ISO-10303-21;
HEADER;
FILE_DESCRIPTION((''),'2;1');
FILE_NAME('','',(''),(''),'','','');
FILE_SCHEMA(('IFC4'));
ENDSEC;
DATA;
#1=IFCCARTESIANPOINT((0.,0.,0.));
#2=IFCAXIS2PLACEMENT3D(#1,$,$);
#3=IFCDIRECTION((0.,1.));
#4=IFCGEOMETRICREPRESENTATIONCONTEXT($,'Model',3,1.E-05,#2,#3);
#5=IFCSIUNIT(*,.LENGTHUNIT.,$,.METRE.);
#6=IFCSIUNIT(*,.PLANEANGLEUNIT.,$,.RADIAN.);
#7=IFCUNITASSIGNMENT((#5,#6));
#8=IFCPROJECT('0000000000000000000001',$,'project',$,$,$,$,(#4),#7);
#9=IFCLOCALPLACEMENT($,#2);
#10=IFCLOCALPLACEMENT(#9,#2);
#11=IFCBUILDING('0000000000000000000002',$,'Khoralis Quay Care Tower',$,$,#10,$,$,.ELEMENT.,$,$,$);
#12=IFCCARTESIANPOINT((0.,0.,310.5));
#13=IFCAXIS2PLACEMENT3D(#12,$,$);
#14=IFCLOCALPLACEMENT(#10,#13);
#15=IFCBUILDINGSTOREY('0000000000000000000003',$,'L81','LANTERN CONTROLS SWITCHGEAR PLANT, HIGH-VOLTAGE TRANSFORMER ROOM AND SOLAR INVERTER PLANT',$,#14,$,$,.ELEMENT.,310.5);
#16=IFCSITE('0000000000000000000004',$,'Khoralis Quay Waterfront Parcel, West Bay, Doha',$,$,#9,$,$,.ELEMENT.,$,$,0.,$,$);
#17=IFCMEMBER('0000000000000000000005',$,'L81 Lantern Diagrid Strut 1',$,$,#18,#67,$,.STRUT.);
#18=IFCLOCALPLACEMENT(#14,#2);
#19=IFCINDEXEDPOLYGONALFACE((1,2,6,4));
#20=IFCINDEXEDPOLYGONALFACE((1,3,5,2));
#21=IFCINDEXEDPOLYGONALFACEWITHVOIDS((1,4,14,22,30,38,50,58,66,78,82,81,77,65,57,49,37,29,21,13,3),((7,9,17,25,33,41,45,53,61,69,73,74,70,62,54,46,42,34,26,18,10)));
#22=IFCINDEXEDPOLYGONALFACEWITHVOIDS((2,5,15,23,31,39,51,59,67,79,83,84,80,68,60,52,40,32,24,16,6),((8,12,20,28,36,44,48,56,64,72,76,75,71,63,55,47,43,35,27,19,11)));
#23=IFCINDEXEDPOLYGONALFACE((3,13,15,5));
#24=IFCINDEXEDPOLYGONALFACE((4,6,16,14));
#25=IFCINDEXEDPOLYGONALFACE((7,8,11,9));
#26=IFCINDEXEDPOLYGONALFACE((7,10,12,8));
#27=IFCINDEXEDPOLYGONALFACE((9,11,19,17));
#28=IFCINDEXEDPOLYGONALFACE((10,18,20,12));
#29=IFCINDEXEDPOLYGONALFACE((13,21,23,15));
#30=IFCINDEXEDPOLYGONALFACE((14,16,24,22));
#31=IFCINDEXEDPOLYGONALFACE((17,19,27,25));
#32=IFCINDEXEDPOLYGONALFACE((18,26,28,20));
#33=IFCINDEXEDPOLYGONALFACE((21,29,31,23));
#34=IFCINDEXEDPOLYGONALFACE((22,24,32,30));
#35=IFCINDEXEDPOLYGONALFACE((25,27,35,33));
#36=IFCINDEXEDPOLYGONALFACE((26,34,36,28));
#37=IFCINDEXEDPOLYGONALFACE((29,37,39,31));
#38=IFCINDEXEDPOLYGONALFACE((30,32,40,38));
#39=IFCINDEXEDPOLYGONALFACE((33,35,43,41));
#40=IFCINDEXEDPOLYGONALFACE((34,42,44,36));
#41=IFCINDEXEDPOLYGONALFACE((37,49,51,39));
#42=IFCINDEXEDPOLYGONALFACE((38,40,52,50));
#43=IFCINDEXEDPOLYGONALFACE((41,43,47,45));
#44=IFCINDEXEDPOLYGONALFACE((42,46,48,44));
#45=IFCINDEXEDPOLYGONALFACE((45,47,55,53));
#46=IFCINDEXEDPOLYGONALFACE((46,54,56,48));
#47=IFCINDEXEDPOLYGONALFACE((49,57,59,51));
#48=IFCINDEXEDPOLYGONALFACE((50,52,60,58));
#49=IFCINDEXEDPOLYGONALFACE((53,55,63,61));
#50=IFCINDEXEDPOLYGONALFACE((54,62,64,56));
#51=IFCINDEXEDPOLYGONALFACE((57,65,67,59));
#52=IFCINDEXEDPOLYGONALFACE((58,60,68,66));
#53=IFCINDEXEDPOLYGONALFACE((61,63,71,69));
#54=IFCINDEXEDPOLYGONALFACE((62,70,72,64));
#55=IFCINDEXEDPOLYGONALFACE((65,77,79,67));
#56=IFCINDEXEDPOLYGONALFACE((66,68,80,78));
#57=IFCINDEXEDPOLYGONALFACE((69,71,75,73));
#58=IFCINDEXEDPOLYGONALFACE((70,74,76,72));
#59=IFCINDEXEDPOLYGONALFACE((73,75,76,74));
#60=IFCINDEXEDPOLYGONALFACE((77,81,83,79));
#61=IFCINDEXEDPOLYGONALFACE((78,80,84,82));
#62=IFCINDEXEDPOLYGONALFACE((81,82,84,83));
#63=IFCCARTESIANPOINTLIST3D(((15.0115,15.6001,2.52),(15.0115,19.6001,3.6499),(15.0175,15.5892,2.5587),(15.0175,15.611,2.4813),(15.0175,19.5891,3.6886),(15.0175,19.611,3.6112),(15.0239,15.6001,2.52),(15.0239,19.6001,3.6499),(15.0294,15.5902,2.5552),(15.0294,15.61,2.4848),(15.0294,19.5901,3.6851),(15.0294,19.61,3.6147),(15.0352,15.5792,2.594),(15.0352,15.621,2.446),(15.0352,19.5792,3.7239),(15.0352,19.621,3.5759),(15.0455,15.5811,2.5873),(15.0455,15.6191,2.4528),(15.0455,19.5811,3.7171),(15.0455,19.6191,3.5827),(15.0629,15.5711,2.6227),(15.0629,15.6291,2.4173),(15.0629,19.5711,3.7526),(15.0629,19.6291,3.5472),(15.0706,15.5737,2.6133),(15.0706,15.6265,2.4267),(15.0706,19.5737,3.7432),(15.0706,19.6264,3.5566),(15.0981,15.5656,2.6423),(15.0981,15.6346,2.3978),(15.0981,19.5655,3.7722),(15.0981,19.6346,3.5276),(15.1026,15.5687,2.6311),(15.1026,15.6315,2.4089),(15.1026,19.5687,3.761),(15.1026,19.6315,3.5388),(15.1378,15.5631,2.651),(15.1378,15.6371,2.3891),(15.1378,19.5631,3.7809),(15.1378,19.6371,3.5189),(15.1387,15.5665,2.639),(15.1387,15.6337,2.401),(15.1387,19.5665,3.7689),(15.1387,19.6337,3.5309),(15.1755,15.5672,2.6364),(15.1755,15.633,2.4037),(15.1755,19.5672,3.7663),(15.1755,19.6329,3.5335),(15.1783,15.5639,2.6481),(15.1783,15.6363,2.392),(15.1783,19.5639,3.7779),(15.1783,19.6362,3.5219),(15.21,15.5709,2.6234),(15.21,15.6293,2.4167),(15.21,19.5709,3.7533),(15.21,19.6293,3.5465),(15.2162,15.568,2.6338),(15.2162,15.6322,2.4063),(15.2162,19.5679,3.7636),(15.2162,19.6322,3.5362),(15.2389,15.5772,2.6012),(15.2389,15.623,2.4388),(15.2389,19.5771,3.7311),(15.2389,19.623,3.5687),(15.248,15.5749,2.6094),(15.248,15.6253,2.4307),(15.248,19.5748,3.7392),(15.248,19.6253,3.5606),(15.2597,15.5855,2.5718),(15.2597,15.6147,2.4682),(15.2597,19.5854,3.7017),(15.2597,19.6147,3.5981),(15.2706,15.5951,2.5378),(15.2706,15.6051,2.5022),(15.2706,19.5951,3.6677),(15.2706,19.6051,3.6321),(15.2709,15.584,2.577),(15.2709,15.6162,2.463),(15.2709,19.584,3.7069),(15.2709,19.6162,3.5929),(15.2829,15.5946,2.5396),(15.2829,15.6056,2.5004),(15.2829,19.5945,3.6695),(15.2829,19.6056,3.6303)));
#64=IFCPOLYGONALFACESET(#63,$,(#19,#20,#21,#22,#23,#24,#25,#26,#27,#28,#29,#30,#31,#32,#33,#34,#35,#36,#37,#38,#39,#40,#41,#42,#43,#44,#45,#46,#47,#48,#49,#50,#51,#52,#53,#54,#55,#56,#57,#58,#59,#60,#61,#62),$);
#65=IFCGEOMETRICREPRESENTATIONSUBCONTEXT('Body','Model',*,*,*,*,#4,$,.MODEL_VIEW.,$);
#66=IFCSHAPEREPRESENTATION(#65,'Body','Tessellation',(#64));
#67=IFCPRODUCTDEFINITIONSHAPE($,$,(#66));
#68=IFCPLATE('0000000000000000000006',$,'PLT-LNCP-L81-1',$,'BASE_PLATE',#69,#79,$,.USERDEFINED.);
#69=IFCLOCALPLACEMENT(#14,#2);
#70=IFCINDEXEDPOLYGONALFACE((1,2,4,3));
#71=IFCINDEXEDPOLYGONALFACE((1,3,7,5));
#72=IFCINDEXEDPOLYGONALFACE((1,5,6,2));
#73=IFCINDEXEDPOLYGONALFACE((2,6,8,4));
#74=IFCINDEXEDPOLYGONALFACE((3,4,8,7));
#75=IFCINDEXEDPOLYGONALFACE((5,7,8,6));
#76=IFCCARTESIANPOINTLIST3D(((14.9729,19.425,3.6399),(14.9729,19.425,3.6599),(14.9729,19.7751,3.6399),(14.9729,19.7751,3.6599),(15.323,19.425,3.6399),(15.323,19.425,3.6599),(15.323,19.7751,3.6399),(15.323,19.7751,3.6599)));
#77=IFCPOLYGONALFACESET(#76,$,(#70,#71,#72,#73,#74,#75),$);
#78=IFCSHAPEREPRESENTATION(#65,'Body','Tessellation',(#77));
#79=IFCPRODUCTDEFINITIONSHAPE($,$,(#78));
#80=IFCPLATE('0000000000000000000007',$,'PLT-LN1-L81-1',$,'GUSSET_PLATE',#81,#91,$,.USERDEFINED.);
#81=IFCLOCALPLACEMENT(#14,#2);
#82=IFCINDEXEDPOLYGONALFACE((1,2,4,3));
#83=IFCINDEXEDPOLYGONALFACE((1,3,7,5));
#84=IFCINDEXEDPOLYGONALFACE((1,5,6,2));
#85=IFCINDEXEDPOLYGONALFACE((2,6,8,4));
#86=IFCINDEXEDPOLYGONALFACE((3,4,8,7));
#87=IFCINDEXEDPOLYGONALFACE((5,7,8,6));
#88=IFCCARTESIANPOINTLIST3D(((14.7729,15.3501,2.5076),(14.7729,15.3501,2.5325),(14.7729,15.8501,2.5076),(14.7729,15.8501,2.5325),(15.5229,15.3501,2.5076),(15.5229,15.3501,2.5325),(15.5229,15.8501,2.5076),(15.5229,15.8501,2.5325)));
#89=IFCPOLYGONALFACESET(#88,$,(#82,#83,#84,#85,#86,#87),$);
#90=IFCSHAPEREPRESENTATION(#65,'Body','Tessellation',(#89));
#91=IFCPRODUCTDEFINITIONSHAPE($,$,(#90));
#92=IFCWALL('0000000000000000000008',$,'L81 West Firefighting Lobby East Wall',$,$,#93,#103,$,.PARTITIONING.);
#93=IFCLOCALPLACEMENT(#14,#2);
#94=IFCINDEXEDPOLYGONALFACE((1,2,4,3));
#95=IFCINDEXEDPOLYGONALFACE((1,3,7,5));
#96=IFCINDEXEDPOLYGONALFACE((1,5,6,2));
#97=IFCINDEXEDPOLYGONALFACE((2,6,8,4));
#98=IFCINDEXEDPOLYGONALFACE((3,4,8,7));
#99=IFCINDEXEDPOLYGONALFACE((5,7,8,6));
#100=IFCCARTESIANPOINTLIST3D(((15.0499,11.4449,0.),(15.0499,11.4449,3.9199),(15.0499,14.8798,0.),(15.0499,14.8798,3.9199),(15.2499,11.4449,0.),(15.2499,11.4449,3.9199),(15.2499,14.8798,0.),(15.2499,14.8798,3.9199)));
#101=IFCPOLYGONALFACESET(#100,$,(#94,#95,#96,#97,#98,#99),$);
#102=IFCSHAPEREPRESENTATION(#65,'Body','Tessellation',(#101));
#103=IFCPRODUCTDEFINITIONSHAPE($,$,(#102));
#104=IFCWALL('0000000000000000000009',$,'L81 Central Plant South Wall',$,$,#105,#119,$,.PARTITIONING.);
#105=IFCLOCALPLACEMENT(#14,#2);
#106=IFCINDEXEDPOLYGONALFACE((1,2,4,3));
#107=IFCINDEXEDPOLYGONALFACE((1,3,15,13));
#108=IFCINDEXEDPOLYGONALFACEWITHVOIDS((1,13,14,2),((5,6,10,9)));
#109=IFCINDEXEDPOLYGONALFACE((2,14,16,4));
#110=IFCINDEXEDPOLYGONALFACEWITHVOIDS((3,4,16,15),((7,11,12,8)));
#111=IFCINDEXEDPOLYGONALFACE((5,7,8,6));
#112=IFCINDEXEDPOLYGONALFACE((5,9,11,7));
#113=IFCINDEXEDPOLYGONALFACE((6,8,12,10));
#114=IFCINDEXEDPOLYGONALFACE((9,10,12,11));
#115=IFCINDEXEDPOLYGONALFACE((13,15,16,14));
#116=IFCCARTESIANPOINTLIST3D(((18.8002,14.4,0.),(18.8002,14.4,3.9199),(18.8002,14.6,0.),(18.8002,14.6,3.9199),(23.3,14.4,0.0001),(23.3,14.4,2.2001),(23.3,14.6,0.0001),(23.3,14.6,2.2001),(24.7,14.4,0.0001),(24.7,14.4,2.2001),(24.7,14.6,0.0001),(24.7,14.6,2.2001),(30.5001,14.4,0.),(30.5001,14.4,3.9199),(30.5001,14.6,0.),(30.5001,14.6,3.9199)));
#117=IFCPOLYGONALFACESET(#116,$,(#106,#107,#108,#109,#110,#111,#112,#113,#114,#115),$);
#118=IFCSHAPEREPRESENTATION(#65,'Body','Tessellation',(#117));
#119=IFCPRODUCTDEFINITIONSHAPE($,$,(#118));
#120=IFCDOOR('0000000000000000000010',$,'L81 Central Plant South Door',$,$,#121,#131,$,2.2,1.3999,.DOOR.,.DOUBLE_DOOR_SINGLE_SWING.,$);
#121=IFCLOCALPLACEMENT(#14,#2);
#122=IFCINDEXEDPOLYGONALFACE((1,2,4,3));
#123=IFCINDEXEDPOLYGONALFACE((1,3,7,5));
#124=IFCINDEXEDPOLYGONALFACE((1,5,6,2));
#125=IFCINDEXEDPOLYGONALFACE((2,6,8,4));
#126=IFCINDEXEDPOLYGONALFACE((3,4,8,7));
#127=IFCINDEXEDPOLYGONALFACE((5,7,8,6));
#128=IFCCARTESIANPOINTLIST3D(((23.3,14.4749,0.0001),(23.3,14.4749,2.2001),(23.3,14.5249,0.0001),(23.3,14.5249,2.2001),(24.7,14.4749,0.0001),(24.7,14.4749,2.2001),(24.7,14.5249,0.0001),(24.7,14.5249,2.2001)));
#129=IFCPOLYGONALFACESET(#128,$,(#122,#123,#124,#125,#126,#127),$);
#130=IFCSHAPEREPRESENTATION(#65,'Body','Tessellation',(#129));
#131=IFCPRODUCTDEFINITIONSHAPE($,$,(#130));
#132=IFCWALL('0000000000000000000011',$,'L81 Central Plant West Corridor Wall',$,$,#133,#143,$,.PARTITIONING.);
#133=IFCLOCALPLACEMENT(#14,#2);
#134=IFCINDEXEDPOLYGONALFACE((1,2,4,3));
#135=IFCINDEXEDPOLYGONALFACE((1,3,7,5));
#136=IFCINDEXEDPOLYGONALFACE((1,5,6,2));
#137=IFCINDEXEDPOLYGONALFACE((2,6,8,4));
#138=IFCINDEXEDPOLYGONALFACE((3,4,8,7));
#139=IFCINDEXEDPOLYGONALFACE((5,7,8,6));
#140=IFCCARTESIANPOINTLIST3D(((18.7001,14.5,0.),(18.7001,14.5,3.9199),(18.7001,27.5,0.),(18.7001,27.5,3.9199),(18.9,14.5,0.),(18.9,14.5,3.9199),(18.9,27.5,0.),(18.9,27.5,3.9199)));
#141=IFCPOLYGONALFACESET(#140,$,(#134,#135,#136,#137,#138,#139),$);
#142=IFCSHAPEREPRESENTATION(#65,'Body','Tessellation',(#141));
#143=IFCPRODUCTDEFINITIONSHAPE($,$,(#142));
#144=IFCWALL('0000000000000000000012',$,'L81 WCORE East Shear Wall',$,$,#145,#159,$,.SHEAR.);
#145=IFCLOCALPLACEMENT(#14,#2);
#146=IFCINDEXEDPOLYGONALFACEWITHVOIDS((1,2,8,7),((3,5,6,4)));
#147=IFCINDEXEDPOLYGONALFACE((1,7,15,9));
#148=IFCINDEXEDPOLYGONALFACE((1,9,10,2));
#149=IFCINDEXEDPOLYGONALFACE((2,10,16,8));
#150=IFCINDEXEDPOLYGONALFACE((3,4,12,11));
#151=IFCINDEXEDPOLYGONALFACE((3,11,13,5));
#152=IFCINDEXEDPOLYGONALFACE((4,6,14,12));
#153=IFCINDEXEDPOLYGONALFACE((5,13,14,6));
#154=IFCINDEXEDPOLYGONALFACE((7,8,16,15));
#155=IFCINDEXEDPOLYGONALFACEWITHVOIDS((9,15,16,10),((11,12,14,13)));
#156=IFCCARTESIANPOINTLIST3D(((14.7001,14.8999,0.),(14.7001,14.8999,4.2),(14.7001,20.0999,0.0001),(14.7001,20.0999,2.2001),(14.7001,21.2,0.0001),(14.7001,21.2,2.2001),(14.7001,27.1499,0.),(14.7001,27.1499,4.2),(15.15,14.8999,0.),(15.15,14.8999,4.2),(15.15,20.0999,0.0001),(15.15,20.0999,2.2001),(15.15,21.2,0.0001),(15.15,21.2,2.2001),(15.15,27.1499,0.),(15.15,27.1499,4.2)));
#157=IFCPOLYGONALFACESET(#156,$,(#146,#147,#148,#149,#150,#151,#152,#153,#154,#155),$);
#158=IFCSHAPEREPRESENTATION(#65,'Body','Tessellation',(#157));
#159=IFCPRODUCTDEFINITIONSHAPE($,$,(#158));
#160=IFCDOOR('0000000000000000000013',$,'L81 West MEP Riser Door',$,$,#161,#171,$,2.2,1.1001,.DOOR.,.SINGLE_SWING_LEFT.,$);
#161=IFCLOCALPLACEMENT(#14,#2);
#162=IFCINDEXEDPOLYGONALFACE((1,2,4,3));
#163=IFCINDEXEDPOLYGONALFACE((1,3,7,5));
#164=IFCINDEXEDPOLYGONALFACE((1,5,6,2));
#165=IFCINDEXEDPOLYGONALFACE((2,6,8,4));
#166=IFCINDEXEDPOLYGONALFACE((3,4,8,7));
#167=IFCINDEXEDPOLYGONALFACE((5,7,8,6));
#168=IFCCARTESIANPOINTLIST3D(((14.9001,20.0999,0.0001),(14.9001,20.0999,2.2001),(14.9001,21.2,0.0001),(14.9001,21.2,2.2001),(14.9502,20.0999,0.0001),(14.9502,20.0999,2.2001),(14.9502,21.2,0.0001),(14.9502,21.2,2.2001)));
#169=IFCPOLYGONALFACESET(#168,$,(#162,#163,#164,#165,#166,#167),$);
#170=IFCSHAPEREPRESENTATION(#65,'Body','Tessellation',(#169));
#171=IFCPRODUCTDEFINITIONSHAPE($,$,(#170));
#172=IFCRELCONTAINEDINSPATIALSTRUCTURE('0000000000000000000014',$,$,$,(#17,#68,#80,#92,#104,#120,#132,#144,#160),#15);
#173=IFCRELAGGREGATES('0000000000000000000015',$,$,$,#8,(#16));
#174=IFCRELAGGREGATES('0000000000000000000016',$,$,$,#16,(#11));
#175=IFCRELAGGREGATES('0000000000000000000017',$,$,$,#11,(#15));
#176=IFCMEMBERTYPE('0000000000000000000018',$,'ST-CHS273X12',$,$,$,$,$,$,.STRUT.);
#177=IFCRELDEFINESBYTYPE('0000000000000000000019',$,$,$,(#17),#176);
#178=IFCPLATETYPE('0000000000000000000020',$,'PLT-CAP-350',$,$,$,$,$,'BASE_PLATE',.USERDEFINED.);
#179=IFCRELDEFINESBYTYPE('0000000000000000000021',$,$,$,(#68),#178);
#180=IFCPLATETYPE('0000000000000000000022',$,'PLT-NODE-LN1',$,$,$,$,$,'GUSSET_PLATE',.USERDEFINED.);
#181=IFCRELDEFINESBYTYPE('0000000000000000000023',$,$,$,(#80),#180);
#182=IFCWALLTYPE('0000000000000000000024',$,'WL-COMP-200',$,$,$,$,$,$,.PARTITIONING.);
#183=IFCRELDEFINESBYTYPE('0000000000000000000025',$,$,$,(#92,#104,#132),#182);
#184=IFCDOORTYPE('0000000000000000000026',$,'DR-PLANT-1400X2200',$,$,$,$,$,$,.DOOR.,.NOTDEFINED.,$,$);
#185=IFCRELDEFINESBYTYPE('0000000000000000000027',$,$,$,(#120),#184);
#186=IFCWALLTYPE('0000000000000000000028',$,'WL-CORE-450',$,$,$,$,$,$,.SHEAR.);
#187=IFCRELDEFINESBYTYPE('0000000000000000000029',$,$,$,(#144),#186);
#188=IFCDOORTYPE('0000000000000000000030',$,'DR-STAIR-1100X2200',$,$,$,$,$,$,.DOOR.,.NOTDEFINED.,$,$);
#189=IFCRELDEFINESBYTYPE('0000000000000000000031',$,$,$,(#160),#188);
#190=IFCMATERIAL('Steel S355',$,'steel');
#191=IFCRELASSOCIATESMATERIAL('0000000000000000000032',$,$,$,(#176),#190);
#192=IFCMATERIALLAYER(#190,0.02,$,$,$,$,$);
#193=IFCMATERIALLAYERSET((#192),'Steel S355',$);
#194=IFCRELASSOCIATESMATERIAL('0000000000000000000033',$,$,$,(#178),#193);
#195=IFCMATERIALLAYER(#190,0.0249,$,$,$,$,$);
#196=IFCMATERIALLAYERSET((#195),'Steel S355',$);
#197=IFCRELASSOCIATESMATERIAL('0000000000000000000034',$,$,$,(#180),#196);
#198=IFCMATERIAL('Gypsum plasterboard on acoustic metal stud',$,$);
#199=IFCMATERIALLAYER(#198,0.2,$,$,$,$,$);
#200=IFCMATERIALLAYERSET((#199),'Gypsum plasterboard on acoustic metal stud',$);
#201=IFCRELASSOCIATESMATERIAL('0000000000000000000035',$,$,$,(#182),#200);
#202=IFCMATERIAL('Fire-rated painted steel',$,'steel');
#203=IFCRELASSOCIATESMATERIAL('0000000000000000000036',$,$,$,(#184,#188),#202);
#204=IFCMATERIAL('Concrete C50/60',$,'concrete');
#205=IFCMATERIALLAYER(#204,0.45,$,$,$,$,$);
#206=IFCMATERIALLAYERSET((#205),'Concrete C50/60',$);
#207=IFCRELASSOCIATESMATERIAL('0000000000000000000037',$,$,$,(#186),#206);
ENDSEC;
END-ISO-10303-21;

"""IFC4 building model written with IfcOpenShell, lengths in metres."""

from ifc_helpers import new_model, si_unit, direction, frame, frame_2d, origin, origin_2d, place, context, subcontext, project, spatial, rectangle, hollow_circle, extrude, source, transform, mapped, material, layer, layer_set, material_profile, profile_set, type_object, element, fill, save


model = new_model("IFC4")

# Units and contexts
model_context = context("Model", 3, precision=1e-05, world=origin(), true_north=direction((0.0, 1.0)))
body_context = subcontext(model_context, "Body", "Model", "MODEL_VIEW")
ifc_project = project(units=[si_unit("LENGTHUNIT", "METRE"), si_unit("PLANEANGLEUNIT", "RADIAN")], contexts=[model_context])

# Site, building, storey
site_placement = place(None, origin())
site = spatial("IfcSite", under=ifc_project, at=site_placement, Name="Khoralis Quay Waterfront Parcel, West Bay, Doha", CompositionType="ELEMENT", RefElevation=0.0)
building_placement = place(site_placement, origin())
building = spatial("IfcBuilding", under=site, at=building_placement, Name="Khoralis Quay Care Tower", CompositionType="ELEMENT")
storey_placement = place(building_placement, frame((0.0, 0.0, 310.5)))
storey = spatial("IfcBuildingStorey", under=building, at=storey_placement, Name="L81", Description="LANTERN CONTROLS SWITCHGEAR PLANT, HIGH-VOLTAGE TRANSFORMER ROOM AND SOLAR INVERTER PLANT", CompositionType="ELEMENT", Elevation=310.5)

# Shared definitions
ifc_material_1 = material(Name="Concrete C50/60", Category="concrete")

# Shared definitions
ifc_material_2 = material(Name="Steel S355", Category="steel")

# Member
ifc_material_profile_1 = material_profile(ifc_material_2, hollow_circle(Radius=0.1365, WallThickness=0.0125, at=origin_2d()), Name="Steel S355")
ifc_profile_set_1 = profile_set([ifc_material_profile_1], Name="Steel S355")
member_type = type_object("IfcMemberType", Name="ST-CHS273X12", PredefinedType="STRUT", material=ifc_profile_set_1)
shared_shape_1 = source(origin(), body_context, "Body", "SweptSolid", [
    extrude(hollow_circle(Radius=0.1365, WallThickness=0.0125, at=origin_2d()), origin(), (0.0, 0.0, 1.0), 4.1565),
])
member_placement = place(storey_placement, frame((15.1479, 15.6001, 2.52), z_axis=(0.0, 0.962344, 0.271834), x_axis=(-1.0, 0.0, 0.0)))
element("IfcMember", 1, at=member_placement, inside=storey, type_object=member_type, Name="L81 Lantern Diagrid Strut 1", PredefinedType="STRUT", context=body_context, shape_type="MappedRepresentation", body=[
    mapped(shared_shape_1, transform((0.0, 0.0, 0.0), scale=1.0)),
])

# Plates
ifc_layer_1 = layer(ifc_material_2, 0.02)
ifc_layer_set_1 = layer_set([ifc_layer_1], Name="Steel S355")
plate_type_1 = type_object("IfcPlateType", Name="PLT-CAP-350", ElementType="BASE_PLATE", PredefinedType="USERDEFINED", material=ifc_layer_set_1)
shared_shape_2 = source(origin(), body_context, "Body", "SweptSolid", [
    extrude(rectangle(XDim=0.3501, YDim=0.3501, at=origin_2d()), origin(), (0.0, 0.0, 1.0), 0.02),
])
plate_1_placement = place(storey_placement, frame((15.1479, 19.6001, 3.6399), z_axis=(0.0, 0.0, 1.0), x_axis=(1.0, 0.0, 0.0)))
element("IfcPlate", 2, at=plate_1_placement, inside=storey, type_object=plate_type_1, Name="PLT-LNCP-L81-1", ObjectType="BASE_PLATE", PredefinedType="USERDEFINED", context=body_context, shape_type="MappedRepresentation", body=[
    mapped(shared_shape_2, transform((0.0, 0.0, 0.0), scale=1.0)),
])
ifc_layer_2 = layer(ifc_material_2, 0.0249)
ifc_layer_set_2 = layer_set([ifc_layer_2], Name="Steel S355")
plate_type_2 = type_object("IfcPlateType", Name="PLT-NODE-LN1", ElementType="GUSSET_PLATE", PredefinedType="USERDEFINED", material=ifc_layer_set_2)
shared_shape_3 = source(origin(), body_context, "Body", "SweptSolid", [
    extrude(rectangle(XDim=0.75, YDim=0.5, at=origin_2d()), origin(), (0.0, 0.0, 1.0), 0.0249),
])
plate_2_placement = place(storey_placement, frame((15.1479, 15.6001, 2.5076), z_axis=(0.0, 0.0, 1.0), x_axis=(1.0, 0.0, 0.0)))
element("IfcPlate", 3, at=plate_2_placement, inside=storey, type_object=plate_type_2, Name="PLT-LN1-L81-1", ObjectType="GUSSET_PLATE", PredefinedType="USERDEFINED", context=body_context, shape_type="MappedRepresentation", body=[
    mapped(shared_shape_3, transform((0.0, 0.0, 0.0), scale=1.0)),
])

# Wall
ifc_material_3 = material(Name="Gypsum plasterboard on acoustic metal stud")
ifc_layer_3 = layer(ifc_material_3, 0.2)
ifc_layer_set_3 = layer_set([ifc_layer_3], Name="Gypsum plasterboard on acoustic metal stud")
wall_type_1 = type_object("IfcWallType", Name="WL-COMP-200", PredefinedType="PARTITIONING", material=ifc_layer_set_3)
wall_1_placement = place(storey_placement, frame((15.1499, 11.4451, 0.0), z_axis=(0.0, 0.0, 1.0), x_axis=(0.0, 1.0, 0.0)))
element("IfcWall", 4, at=wall_1_placement, inside=storey, type_object=wall_type_1, Name="L81 West Firefighting Lobby East Wall", PredefinedType="PARTITIONING", context=body_context, shape_type="SweptSolid", body=[
    extrude(rectangle(XDim=3.4348, YDim=0.2, at=frame_2d((1.7173, 0.0))), origin(), (0.0, 0.0, 1.0), 3.9199),
])

# Wall, opening, door
wall_2_placement = place(storey_placement, frame((18.8, 14.5, 0.0), z_axis=(0.0, 0.0, 1.0), x_axis=(1.0, 0.0, 0.0)))
wall_2 = element("IfcWall", 5, at=wall_2_placement, inside=storey, type_object=wall_type_1, Name="L81 Central Plant South Wall", PredefinedType="PARTITIONING", context=body_context, shape_type="SweptSolid", body=[
    extrude(rectangle(XDim=11.7, YDim=0.2, at=frame_2d((5.8501, 0.0))), origin(), (0.0, 0.0, 1.0), 3.9199),
])
opening_1_placement = place(wall_2_placement, frame((4.5, 0.0, 0.0)))
opening_1 = element("IfcOpeningElement", 6, at=opening_1_placement, cuts=wall_2, PredefinedType="OPENING", context=body_context, shape_type="SweptSolid", body=[
    extrude(rectangle(XDim=1.3999, YDim=2.2, at=frame_2d((0.7, 1.1001))), frame((0.0, 0.1099, 0.0), z_axis=(0.0, -1.0, 0.0), x_axis=(1.0, 0.0, 0.0)), (0.0, 0.0, 1.0), 0.22),
])
ifc_material_4 = material(Name="Fire-rated painted steel", Category="steel")
door_type_1 = type_object("IfcDoorType", Name="DR-PLANT-1400X2200", OperationType="NOTDEFINED", PredefinedType="DOOR", material=ifc_material_4)
shared_shape_4 = source(origin(), body_context, "Body", "SweptSolid", [
    extrude(rectangle(XDim=1.3999, YDim=2.2, at=frame_2d((0.7, 1.1001))), frame((0.0, 0.0249, 0.0), z_axis=(0.0, -1.0, 0.0), x_axis=(1.0, 0.0, 0.0)), (0.0, 0.0, 1.0), 0.05),
])
door_1_placement = place(opening_1_placement, origin())
door_1 = element("IfcDoor", 7, at=door_1_placement, inside=storey, type_object=door_type_1, Name="L81 Central Plant South Door", OperationType="DOUBLE_DOOR_SINGLE_SWING", OverallHeight=2.2, OverallWidth=1.3999, PredefinedType="DOOR", context=body_context, shape_type="MappedRepresentation", body=[
    mapped(shared_shape_4, transform((0.0, 0.0, 0.0), scale=1.0)),
])
fill(opening_1, door_1)

# Wall
wall_3_placement = place(storey_placement, frame((18.8, 14.5, 0.0), z_axis=(0.0, 0.0, 1.0), x_axis=(0.0, 1.0, 0.0)))
element("IfcWall", 8, at=wall_3_placement, inside=storey, type_object=wall_type_1, Name="L81 Central Plant West Corridor Wall", PredefinedType="PARTITIONING", context=body_context, shape_type="SweptSolid", body=[
    extrude(rectangle(XDim=13.0, YDim=0.2, at=frame_2d((6.5, 0.0))), origin(), (0.0, 0.0, 1.0), 3.9199),
])

# Wall, opening, door
ifc_layer_4 = layer(ifc_material_1, 0.45)
ifc_layer_set_4 = layer_set([ifc_layer_4], Name="Concrete C50/60")
wall_type_2 = type_object("IfcWallType", Name="WL-CORE-450", PredefinedType="SHEAR", material=ifc_layer_set_4)
wall_4_placement = place(storey_placement, frame((14.925, 14.8999, 0.0), z_axis=(0.0, 0.0, 1.0), x_axis=(0.0, 1.0, 0.0)))
wall_4 = element("IfcWall", 9, at=wall_4_placement, inside=storey, type_object=wall_type_2, Name="L81 WCORE East Shear Wall", PredefinedType="SHEAR", context=body_context, shape_type="SweptSolid", body=[
    extrude(rectangle(XDim=12.25, YDim=0.45, at=frame_2d((6.125, 0.0))), origin(), (0.0, 0.0, 1.0), 4.2),
])
opening_2_placement = place(wall_4_placement, frame((5.2, 0.0, 0.0)))
opening_2 = element("IfcOpeningElement", 10, at=opening_2_placement, cuts=wall_4, PredefinedType="OPENING", context=body_context, shape_type="SweptSolid", body=[
    extrude(rectangle(XDim=1.1001, YDim=2.2, at=frame_2d((0.55, 1.1001))), frame((0.0, 0.2349, 0.0), z_axis=(0.0, -1.0, 0.0), x_axis=(1.0, 0.0, 0.0)), (0.0, 0.0, 1.0), 0.47),
])
door_type_2 = type_object("IfcDoorType", Name="DR-STAIR-1100X2200", OperationType="NOTDEFINED", PredefinedType="DOOR", material=ifc_material_4)
shared_shape_5 = source(origin(), body_context, "Body", "SweptSolid", [
    extrude(rectangle(XDim=1.1001, YDim=2.2, at=frame_2d((0.55, 1.1001))), frame((0.0, 0.0249, 0.0), z_axis=(0.0, -1.0, 0.0), x_axis=(1.0, 0.0, 0.0)), (0.0, 0.0, 1.0), 0.05),
])
door_2_placement = place(opening_2_placement, origin())
door_2 = element("IfcDoor", 11, at=door_2_placement, inside=storey, type_object=door_type_2, Name="L81 West MEP Riser Door", OperationType="SINGLE_SWING_LEFT", OverallHeight=2.2, OverallWidth=1.1001, PredefinedType="DOOR", context=body_context, shape_type="MappedRepresentation", body=[
    mapped(shared_shape_5, transform((0.0, 0.0, 0.0), scale=1.0)),
])
fill(opening_2, door_2)

save(model, "model.ifc")
